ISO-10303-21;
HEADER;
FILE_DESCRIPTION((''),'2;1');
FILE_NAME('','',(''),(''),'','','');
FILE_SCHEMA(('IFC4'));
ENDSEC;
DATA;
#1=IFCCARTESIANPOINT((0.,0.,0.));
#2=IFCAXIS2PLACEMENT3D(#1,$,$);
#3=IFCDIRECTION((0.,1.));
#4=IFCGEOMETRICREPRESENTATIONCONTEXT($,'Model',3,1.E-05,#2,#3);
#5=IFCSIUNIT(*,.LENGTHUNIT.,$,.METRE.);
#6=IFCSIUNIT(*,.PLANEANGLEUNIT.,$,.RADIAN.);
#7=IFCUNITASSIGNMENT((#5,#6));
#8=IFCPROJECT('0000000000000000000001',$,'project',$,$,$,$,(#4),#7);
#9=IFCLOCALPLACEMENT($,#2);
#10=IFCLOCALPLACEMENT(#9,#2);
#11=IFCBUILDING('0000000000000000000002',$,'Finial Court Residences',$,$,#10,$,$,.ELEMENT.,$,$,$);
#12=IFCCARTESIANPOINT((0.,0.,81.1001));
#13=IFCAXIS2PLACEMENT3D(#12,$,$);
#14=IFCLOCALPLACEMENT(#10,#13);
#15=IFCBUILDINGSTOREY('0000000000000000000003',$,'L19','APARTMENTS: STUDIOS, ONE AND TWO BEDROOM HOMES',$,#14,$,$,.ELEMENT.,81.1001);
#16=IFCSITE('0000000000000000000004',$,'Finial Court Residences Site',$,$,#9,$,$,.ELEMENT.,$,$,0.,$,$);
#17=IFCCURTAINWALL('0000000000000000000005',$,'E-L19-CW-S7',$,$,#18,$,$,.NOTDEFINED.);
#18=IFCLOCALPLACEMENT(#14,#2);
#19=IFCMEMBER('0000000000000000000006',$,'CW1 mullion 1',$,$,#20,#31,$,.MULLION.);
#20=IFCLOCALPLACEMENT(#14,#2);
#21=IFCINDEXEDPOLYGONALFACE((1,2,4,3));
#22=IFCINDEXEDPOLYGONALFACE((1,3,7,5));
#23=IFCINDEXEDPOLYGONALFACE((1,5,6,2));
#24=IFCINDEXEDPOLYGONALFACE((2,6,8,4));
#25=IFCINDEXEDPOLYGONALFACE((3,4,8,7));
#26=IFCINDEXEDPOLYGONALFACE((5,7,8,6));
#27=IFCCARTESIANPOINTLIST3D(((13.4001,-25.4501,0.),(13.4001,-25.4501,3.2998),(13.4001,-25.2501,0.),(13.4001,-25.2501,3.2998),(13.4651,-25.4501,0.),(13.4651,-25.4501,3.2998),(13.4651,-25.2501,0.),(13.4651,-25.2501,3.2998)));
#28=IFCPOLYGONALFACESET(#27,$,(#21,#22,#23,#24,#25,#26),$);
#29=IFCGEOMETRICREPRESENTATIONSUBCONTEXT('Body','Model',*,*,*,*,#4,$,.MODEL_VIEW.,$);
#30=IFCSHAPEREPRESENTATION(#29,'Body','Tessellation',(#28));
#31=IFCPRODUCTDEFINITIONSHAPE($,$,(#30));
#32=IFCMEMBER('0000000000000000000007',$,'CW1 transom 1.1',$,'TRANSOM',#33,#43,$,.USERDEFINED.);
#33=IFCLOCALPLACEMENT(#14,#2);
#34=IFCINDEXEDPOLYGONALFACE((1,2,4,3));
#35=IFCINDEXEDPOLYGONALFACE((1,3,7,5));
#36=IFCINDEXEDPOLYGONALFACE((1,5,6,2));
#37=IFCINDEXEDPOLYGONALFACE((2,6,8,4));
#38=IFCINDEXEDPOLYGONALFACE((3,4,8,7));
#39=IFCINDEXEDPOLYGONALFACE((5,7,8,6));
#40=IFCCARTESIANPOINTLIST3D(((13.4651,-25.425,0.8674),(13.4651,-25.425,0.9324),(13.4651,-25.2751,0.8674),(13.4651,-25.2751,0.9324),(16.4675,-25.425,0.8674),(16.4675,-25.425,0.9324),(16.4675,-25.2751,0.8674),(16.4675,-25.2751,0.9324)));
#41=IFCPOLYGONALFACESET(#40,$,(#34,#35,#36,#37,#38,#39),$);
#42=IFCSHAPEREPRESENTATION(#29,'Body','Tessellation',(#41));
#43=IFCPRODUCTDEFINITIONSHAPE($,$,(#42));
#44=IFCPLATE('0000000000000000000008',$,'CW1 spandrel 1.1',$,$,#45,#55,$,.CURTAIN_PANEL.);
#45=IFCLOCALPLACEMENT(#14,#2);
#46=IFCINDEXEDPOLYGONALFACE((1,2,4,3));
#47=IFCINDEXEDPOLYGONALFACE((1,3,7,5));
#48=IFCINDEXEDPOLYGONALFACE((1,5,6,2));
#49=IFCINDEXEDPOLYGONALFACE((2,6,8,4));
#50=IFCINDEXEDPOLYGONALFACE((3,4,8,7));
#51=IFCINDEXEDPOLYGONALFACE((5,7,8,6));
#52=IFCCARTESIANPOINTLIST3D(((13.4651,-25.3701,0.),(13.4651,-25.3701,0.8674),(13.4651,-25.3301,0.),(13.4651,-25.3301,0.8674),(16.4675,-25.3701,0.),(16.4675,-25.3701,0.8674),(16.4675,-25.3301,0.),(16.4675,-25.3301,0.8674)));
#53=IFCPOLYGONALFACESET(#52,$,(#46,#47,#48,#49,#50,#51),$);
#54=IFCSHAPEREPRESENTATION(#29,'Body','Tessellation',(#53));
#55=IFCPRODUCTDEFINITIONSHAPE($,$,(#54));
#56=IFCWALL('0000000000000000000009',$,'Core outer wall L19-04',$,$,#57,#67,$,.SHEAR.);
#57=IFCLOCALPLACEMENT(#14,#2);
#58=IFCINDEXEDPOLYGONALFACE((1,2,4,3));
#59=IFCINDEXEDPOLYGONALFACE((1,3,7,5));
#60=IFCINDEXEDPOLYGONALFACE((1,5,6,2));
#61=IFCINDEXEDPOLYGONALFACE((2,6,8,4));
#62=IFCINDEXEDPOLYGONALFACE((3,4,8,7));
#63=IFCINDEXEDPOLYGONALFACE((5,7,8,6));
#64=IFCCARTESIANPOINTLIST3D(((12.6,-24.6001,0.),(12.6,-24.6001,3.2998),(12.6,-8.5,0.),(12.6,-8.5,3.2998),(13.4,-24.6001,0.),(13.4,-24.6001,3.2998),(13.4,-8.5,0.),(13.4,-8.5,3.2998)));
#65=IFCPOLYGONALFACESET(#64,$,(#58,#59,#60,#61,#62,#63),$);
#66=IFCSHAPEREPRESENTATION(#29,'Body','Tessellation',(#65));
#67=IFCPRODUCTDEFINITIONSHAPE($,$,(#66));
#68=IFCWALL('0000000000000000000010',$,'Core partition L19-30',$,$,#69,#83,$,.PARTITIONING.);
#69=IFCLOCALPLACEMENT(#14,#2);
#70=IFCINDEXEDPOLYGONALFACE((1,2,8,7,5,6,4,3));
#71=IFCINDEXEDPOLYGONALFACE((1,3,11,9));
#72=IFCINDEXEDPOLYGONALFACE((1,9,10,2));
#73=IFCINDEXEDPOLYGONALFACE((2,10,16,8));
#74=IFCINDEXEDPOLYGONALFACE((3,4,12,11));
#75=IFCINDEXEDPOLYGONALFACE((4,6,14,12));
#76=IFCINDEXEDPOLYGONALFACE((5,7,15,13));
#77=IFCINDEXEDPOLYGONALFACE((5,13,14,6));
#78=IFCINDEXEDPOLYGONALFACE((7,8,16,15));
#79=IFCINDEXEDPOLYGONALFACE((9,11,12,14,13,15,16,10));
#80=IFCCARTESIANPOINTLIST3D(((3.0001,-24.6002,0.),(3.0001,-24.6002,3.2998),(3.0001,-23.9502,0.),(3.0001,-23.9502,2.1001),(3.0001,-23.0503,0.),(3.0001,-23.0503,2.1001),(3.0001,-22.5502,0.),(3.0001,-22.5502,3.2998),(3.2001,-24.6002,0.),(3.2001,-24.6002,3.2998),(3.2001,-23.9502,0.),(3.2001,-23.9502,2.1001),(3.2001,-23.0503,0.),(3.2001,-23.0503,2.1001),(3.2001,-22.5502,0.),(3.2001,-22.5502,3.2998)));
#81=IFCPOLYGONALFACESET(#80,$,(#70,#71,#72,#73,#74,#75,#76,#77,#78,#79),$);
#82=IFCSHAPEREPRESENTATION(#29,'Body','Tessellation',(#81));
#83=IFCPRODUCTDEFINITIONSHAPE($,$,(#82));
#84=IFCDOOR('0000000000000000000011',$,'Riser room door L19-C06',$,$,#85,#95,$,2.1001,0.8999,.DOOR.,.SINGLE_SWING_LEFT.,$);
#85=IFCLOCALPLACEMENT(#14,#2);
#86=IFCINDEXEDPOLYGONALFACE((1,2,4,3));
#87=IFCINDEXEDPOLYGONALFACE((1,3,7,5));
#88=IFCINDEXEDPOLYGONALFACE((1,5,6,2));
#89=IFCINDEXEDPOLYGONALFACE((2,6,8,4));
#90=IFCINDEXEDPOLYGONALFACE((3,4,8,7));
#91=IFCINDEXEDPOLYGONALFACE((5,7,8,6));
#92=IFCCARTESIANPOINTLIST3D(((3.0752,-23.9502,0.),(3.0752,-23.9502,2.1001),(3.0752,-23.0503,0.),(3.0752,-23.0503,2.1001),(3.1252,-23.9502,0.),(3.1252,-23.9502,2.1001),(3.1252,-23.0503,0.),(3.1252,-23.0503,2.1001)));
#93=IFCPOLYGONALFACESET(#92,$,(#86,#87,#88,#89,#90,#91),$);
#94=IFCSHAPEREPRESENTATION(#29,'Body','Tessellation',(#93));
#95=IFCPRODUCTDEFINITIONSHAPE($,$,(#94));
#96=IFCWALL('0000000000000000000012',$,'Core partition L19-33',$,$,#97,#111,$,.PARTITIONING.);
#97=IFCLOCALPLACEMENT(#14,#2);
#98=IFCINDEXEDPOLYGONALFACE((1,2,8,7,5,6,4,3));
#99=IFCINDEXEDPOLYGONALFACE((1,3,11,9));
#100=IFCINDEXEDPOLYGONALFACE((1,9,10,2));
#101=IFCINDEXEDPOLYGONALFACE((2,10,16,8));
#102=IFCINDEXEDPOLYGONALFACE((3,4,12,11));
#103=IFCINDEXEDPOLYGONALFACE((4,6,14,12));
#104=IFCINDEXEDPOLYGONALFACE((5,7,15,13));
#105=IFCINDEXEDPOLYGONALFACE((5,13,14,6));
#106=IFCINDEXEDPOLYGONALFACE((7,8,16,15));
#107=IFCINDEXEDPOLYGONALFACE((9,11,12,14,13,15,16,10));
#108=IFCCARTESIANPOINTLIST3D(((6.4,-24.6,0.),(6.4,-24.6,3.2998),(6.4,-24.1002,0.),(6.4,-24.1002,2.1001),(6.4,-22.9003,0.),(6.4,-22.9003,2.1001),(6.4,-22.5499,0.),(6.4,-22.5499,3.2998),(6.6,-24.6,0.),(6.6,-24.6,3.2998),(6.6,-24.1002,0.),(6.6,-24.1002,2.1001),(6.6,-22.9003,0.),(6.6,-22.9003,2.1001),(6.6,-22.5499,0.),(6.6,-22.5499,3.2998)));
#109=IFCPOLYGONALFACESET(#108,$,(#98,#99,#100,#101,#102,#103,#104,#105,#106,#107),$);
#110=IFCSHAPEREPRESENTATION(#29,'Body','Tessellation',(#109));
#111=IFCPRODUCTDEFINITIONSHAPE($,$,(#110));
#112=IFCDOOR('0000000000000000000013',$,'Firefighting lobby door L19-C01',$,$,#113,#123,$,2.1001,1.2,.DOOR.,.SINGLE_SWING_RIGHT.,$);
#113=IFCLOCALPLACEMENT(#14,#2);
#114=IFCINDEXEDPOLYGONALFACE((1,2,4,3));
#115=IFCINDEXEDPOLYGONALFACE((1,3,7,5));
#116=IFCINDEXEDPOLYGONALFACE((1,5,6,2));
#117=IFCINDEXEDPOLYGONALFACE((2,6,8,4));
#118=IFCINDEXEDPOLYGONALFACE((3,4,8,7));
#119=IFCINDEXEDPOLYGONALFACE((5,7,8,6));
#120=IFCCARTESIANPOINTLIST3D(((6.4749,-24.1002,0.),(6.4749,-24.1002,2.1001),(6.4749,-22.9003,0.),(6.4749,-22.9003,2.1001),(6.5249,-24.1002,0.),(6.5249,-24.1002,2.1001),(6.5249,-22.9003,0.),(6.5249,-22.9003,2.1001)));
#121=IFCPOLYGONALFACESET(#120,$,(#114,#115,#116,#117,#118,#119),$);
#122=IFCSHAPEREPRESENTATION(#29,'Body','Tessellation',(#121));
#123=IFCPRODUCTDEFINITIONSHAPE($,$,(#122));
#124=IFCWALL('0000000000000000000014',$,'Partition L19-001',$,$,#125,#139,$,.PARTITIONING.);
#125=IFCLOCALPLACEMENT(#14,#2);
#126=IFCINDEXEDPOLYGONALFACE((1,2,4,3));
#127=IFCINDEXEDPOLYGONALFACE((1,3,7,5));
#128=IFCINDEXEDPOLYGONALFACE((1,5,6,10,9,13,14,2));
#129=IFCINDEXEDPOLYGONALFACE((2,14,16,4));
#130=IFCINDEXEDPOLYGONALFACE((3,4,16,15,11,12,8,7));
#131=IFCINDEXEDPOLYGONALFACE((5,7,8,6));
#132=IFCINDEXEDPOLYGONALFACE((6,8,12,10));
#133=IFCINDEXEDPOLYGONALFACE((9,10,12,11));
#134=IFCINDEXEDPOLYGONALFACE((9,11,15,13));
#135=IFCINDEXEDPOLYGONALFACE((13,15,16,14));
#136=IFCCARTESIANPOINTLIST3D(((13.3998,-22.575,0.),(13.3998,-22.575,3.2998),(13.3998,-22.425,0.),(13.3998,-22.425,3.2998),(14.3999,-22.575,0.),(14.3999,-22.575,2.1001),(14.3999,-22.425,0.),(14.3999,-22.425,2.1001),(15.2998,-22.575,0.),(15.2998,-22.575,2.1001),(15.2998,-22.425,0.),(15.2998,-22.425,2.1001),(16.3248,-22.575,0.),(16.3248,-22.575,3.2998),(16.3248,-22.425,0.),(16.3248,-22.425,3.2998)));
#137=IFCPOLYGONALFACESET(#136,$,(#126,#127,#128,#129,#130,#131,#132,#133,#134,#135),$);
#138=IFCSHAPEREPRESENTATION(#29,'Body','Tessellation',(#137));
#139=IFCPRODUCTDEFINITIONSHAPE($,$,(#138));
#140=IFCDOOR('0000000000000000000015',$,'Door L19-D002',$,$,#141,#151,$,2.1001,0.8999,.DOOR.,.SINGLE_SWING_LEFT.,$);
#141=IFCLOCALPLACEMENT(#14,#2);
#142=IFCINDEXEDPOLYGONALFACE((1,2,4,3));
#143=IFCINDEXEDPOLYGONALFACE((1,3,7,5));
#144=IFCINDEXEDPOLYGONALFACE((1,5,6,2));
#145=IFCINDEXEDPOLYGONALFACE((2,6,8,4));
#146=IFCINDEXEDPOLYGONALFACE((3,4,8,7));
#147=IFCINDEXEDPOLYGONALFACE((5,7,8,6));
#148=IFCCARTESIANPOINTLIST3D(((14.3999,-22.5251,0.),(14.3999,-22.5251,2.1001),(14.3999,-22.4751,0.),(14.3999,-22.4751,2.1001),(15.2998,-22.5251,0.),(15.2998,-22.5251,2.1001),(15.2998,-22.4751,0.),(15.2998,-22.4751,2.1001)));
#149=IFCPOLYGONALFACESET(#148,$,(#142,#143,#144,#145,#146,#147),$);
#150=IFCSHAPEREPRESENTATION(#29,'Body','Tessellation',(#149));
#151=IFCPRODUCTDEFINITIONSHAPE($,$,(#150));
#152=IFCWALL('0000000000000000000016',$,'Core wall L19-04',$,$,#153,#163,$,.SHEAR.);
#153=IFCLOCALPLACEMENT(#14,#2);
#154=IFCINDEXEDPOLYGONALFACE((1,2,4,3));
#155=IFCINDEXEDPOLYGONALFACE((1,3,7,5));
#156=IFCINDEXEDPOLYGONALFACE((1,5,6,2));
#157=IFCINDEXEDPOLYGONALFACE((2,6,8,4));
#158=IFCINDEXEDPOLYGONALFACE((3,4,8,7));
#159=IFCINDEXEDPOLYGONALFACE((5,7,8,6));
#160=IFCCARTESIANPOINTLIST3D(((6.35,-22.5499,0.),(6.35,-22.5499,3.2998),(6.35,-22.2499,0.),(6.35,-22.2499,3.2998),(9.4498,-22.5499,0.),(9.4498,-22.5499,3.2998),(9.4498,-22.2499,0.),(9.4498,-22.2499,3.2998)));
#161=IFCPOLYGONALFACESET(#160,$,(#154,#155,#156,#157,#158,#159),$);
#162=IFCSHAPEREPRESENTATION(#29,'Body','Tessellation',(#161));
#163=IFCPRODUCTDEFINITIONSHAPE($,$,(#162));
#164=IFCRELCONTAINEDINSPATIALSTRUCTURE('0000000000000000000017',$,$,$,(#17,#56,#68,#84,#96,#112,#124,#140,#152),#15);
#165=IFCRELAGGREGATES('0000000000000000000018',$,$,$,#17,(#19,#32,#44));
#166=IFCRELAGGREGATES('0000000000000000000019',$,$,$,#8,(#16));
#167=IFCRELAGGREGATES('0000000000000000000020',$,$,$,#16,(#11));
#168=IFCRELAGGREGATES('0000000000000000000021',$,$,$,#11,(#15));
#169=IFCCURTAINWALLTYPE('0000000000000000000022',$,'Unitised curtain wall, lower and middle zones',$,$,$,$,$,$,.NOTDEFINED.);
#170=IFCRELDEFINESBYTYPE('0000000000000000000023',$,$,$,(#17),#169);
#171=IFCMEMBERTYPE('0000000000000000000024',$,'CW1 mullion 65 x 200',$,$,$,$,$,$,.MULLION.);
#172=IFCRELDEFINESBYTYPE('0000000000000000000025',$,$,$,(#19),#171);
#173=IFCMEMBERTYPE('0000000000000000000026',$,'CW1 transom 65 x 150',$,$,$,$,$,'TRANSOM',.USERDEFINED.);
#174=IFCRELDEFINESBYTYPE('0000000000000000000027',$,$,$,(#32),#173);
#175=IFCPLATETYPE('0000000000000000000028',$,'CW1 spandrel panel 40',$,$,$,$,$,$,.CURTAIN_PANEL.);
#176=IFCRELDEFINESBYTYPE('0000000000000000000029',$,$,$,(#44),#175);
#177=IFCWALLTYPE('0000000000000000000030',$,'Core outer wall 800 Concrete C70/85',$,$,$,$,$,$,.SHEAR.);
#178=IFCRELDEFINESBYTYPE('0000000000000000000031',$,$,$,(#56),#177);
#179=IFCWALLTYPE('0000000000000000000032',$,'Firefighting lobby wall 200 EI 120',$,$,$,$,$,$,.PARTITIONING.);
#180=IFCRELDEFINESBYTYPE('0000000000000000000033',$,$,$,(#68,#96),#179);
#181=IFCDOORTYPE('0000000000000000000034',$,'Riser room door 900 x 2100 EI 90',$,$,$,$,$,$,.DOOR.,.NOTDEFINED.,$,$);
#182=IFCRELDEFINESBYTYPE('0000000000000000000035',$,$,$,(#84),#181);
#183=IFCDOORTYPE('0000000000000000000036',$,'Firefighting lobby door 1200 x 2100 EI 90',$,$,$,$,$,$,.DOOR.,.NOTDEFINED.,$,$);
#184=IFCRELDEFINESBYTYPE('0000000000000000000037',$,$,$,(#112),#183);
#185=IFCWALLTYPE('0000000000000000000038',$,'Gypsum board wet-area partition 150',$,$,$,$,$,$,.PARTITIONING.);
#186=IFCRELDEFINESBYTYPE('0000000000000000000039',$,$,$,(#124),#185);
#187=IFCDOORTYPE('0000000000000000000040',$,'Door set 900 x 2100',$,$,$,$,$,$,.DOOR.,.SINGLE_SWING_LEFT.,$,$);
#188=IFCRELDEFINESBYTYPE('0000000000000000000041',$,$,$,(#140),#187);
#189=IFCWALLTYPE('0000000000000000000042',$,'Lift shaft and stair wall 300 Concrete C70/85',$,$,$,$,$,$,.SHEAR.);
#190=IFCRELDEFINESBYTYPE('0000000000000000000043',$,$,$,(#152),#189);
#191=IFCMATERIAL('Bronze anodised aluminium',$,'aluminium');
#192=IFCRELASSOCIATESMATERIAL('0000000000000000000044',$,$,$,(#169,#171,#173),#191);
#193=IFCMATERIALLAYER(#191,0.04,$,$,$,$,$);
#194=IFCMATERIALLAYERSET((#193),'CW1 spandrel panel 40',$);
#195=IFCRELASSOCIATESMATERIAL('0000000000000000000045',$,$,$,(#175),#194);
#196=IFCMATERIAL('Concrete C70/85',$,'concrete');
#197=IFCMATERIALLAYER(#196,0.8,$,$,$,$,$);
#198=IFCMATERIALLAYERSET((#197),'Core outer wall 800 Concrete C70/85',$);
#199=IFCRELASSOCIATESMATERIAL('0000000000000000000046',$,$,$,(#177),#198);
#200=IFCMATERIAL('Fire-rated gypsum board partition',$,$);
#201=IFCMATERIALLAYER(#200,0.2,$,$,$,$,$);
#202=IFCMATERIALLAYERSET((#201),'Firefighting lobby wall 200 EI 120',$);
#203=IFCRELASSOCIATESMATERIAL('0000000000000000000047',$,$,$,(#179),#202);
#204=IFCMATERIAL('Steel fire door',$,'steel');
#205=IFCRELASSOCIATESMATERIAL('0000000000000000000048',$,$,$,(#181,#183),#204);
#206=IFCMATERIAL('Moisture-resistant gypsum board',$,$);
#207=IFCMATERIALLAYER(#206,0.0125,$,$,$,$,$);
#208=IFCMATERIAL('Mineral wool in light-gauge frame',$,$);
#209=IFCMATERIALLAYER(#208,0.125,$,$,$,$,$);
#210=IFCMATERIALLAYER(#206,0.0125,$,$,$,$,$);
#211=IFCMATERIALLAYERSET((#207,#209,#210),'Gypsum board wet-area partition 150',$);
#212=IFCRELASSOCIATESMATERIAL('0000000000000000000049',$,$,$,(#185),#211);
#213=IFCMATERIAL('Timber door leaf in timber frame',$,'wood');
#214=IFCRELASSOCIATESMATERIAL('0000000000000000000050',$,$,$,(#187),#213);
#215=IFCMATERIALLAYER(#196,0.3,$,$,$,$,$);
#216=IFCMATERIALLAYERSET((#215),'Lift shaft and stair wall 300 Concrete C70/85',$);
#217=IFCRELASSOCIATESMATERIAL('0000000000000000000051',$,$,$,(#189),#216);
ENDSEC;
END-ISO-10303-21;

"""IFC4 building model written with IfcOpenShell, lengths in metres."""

from ifc_helpers import new_model, si_unit, direction, frame, frame_2d, origin, origin_2d, place, context, subcontext, project, spatial, rectangle, extrude, material, layer, layer_set, material_profile, profile_set, type_object, element, fill, aggregate, save


model = new_model("IFC4")

# Units and contexts
model_context = context("Model", 3, precision=1e-05, world=origin(), true_north=direction((0.0, 1.0)))
body_context = subcontext(model_context, "Body", "Model", "MODEL_VIEW")
ifc_project = project(units=[si_unit("LENGTHUNIT", "METRE"), si_unit("PLANEANGLEUNIT", "RADIAN")], contexts=[model_context])

# Site, building, storey
site_placement = place(None, origin())
site = spatial("IfcSite", under=ifc_project, at=site_placement, Name="Finial Court Residences Site", CompositionType="ELEMENT", RefElevation=0.0)
building_placement = place(site_placement, origin())
building = spatial("IfcBuilding", under=site, at=building_placement, Name="Finial Court Residences", CompositionType="ELEMENT")
storey_placement = place(building_placement, frame((0.0, 0.0, 81.1001)))
storey = spatial("IfcBuildingStorey", under=building, at=storey_placement, Name="L19", Description="APARTMENTS: STUDIOS, ONE AND TWO BEDROOM HOMES", CompositionType="ELEMENT", Elevation=81.1001)

# Curtain wall, members, plate
ifc_material_1 = material(Name="Bronze anodised aluminium", Category="aluminium")
curtain_wall_type = type_object("IfcCurtainWallType", Name="Unitised curtain wall, lower and middle zones", PredefinedType="NOTDEFINED", material=ifc_material_1)
curtain_wall_placement = place(storey_placement, origin())
curtain_wall = element("IfcCurtainWall", 1, at=curtain_wall_placement, inside=storey, type_object=curtain_wall_type, Name="E-L19-CW-S7", PredefinedType="NOTDEFINED")
ifc_material_profile_1 = material_profile(ifc_material_1, rectangle(XDim=0.2, YDim=0.0649, at=origin_2d()), Name="CW1 mullion 65 x 200")
ifc_profile_set_1 = profile_set([ifc_material_profile_1], Name="Bronze anodised aluminium")
member_type_1 = type_object("IfcMemberType", Name="CW1 mullion 65 x 200", PredefinedType="MULLION", material=ifc_profile_set_1)
member_1_placement = place(storey_placement, frame((13.4326, -25.3501, 0.0), z_axis=(0.0, 0.0, 1.0), x_axis=(0.0, 1.0, 0.0)))
member_1 = element("IfcMember", 2, at=member_1_placement, type_object=member_type_1, Name="CW1 mullion 1", PredefinedType="MULLION", context=body_context, shape_type="SweptSolid", body=[
    extrude(rectangle(XDim=0.2, YDim=0.0649, at=origin_2d()), origin(), (0.0, 0.0, 1.0), 3.2998),
])
ifc_material_profile_2 = material_profile(ifc_material_1, rectangle(XDim=0.1499, YDim=0.0649, at=origin_2d()), Name="CW1 transom 65 x 150")
ifc_profile_set_2 = profile_set([ifc_material_profile_2], Name="Bronze anodised aluminium")
member_type_2 = type_object("IfcMemberType", Name="CW1 transom 65 x 150", ElementType="TRANSOM", PredefinedType="USERDEFINED", material=ifc_profile_set_2)
member_2_placement = place(storey_placement, frame((13.4651, -25.3501, 0.8999), z_axis=(1.0, 0.0, 0.0), x_axis=(0.0, 1.0, 0.0)))
member_2 = element("IfcMember", 3, at=member_2_placement, type_object=member_type_2, Name="CW1 transom 1.1", ObjectType="TRANSOM", PredefinedType="USERDEFINED", context=body_context, shape_type="SweptSolid", body=[
    extrude(rectangle(XDim=0.1499, YDim=0.0649, at=origin_2d()), origin(), (0.0, 0.0, 1.0), 3.0024),
])
ifc_layer_1 = layer(ifc_material_1, 0.04)
ifc_layer_set_1 = layer_set([ifc_layer_1], Name="CW1 spandrel panel 40")
plate_type = type_object("IfcPlateType", Name="CW1 spandrel panel 40", PredefinedType="CURTAIN_PANEL", material=ifc_layer_set_1)
plate_placement = place(storey_placement, frame((14.9663, -25.3501, 0.0), z_axis=(0.0, 0.0, 1.0), x_axis=(1.0, 0.0, 0.0)))
plate = element("IfcPlate", 4, at=plate_placement, type_object=plate_type, Name="CW1 spandrel 1.1", PredefinedType="CURTAIN_PANEL", context=body_context, shape_type="SweptSolid", body=[
    extrude(rectangle(XDim=3.0024, YDim=0.04, at=origin_2d()), origin(), (0.0, 0.0, 1.0), 0.8674),
])
aggregate(curtain_wall, [member_1, member_2, plate])

# Wall
ifc_material_2 = material(Name="Concrete C70/85", Category="concrete")
ifc_layer_2 = layer(ifc_material_2, 0.8)
ifc_layer_set_2 = layer_set([ifc_layer_2], Name="Core outer wall 800 Concrete C70/85")
wall_type_1 = type_object("IfcWallType", Name="Core outer wall 800 Concrete C70/85", PredefinedType="SHEAR", material=ifc_layer_set_2)
wall_1_placement = place(storey_placement, frame((13.0, -24.6001, 0.0), z_axis=(0.0, 0.0, 1.0), x_axis=(0.0, 1.0, 0.0)))
element("IfcWall", 5, at=wall_1_placement, inside=storey, type_object=wall_type_1, Name="Core outer wall L19-04", PredefinedType="SHEAR", context=body_context, shape_type="SweptSolid", body=[
    extrude(rectangle(XDim=16.1001, YDim=0.8, at=frame_2d((8.05, 0.0))), origin(), (0.0, 0.0, 1.0), 3.2998),
])

# Walls, openings, doors
ifc_material_3 = material(Name="Fire-rated gypsum board partition")
ifc_layer_3 = layer(ifc_material_3, 0.2)
ifc_layer_set_3 = layer_set([ifc_layer_3], Name="Firefighting lobby wall 200 EI 120")
wall_type_2 = type_object("IfcWallType", Name="Firefighting lobby wall 200 EI 120", PredefinedType="PARTITIONING", material=ifc_layer_set_3)
wall_2_placement = place(storey_placement, frame((3.1001, -24.6001, 0.0), z_axis=(0.0, 0.0, 1.0), x_axis=(0.0, 1.0, 0.0)))
wall_2 = element("IfcWall", 6, at=wall_2_placement, inside=storey, type_object=wall_type_2, Name="Core partition L19-30", PredefinedType="PARTITIONING", context=body_context, shape_type="SweptSolid", body=[
    extrude(rectangle(XDim=2.05, YDim=0.2, at=frame_2d((1.0249, 0.0))), origin(), (0.0, 0.0, 1.0), 3.2998),
])
opening_1_placement = place(wall_2_placement, frame((0.6499, 0.0, 0.0)))
opening_1 = element("IfcOpeningElement", 7, at=opening_1_placement, cuts=wall_2, PredefinedType="OPENING", context=body_context, shape_type="SweptSolid", body=[
    extrude(rectangle(XDim=0.8999, YDim=2.1001, at=frame_2d((0.45, 1.05))), frame((0.0, 0.1099, 0.0), z_axis=(0.0, -1.0, 0.0), x_axis=(1.0, 0.0, 0.0)), (0.0, 0.0, 1.0), 0.22),
])
ifc_material_4 = material(Name="Steel fire door", Category="steel")
door_type_1 = type_object("IfcDoorType", Name="Riser room door 900 x 2100 EI 90", OperationType="NOTDEFINED", PredefinedType="DOOR", material=ifc_material_4)
door_1_placement = place(opening_1_placement, origin())
door_1 = element("IfcDoor", 8, at=door_1_placement, inside=storey, type_object=door_type_1, Name="Riser room door L19-C06", OperationType="SINGLE_SWING_LEFT", OverallHeight=2.1001, OverallWidth=0.8999, PredefinedType="DOOR", context=body_context, shape_type="SweptSolid", body=[
    extrude(rectangle(XDim=0.8999, YDim=2.1001, at=frame_2d((0.45, 1.05))), frame((0.0, 0.0249, 0.0), z_axis=(0.0, -1.0, 0.0), x_axis=(1.0, 0.0, 0.0)), (0.0, 0.0, 1.0), 0.05),
])
fill(opening_1, door_1)
wall_3_placement = place(storey_placement, frame((6.5, -22.55, 0.0), z_axis=(0.0, 0.0, 1.0), x_axis=(0.0, -1.0, 0.0)))
wall_3 = element("IfcWall", 9, at=wall_3_placement, inside=storey, type_object=wall_type_2, Name="Core partition L19-33", PredefinedType="PARTITIONING", context=body_context, shape_type="SweptSolid", body=[
    extrude(rectangle(XDim=2.05, YDim=0.2, at=frame_2d((1.0249, 0.0))), origin(), (0.0, 0.0, 1.0), 3.2998),
])
opening_2_placement = place(wall_3_placement, frame((0.3501, 0.0, 0.0)))
opening_2 = element("IfcOpeningElement", 10, at=opening_2_placement, cuts=wall_3, PredefinedType="OPENING", context=body_context, shape_type="SweptSolid", body=[
    extrude(rectangle(XDim=1.2, YDim=2.1001, at=frame_2d((0.6001, 1.05))), frame((0.0, 0.1099, 0.0), z_axis=(0.0, -1.0, 0.0), x_axis=(1.0, 0.0, 0.0)), (0.0, 0.0, 1.0), 0.22),
])
door_type_2 = type_object("IfcDoorType", Name="Firefighting lobby door 1200 x 2100 EI 90", OperationType="NOTDEFINED", PredefinedType="DOOR", material=ifc_material_4)
door_2_placement = place(opening_2_placement, origin())
door_2 = element("IfcDoor", 11, at=door_2_placement, inside=storey, type_object=door_type_2, Name="Firefighting lobby door L19-C01", OperationType="SINGLE_SWING_RIGHT", OverallHeight=2.1001, OverallWidth=1.2, PredefinedType="DOOR", context=body_context, shape_type="SweptSolid", body=[
    extrude(rectangle(XDim=1.2, YDim=2.1001, at=frame_2d((0.6001, 1.05))), frame((0.0, 0.0249, 0.0), z_axis=(0.0, -1.0, 0.0), x_axis=(1.0, 0.0, 0.0)), (0.0, 0.0, 1.0), 0.05),
])
fill(opening_2, door_2)
ifc_material_5 = material(Name="Moisture-resistant gypsum board")
ifc_layer_4 = layer(ifc_material_5, 0.0125)
ifc_material_6 = material(Name="Mineral wool in light-gauge frame")
ifc_layer_5 = layer(ifc_material_6, 0.125)
ifc_layer_6 = layer(ifc_material_5, 0.0125)
ifc_layer_set_4 = layer_set([ifc_layer_4, ifc_layer_5, ifc_layer_6], Name="Gypsum board wet-area partition 150")
wall_type_3 = type_object("IfcWallType", Name="Gypsum board wet-area partition 150", PredefinedType="PARTITIONING", material=ifc_layer_set_4)
wall_4_placement = place(storey_placement, frame((13.3999, -22.5, 0.0), z_axis=(0.0, 0.0, 1.0), x_axis=(1.0, 0.0, 0.0)))
wall_4 = element("IfcWall", 12, at=wall_4_placement, inside=storey, type_object=wall_type_3, Name="Partition L19-001", PredefinedType="PARTITIONING", context=body_context, shape_type="SweptSolid", body=[
    extrude(rectangle(XDim=2.925, YDim=0.1499, at=frame_2d((1.4624, 0.0))), origin(), (0.0, 0.0, 1.0), 3.2998),
])
opening_3_placement = place(wall_4_placement, frame((1.0, 0.0, 0.0)))
opening_3 = element("IfcOpeningElement", 13, at=opening_3_placement, cuts=wall_4, PredefinedType="OPENING", context=body_context, shape_type="SweptSolid", body=[
    extrude(rectangle(XDim=0.8999, YDim=2.1001, at=frame_2d((0.45, 1.05))), frame((0.0, 0.085, 0.0), z_axis=(0.0, -1.0, 0.0), x_axis=(1.0, 0.0, 0.0)), (0.0, 0.0, 1.0), 0.1699),
])
ifc_material_7 = material(Name="Timber door leaf in timber frame", Category="wood")
door_type_3 = type_object("IfcDoorType", Name="Door set 900 x 2100", OperationType="SINGLE_SWING_LEFT", PredefinedType="DOOR", material=ifc_material_7)
door_3_placement = place(opening_3_placement, origin())
door_3 = element("IfcDoor", 14, at=door_3_placement, inside=storey, type_object=door_type_3, Name="Door L19-D002", OperationType="SINGLE_SWING_LEFT", OverallHeight=2.1001, OverallWidth=0.8999, PredefinedType="DOOR", context=body_context, shape_type="SweptSolid", body=[
    extrude(rectangle(XDim=0.8999, YDim=2.1001, at=frame_2d((0.45, 1.05))), frame((0.0, 0.0249, 0.0), z_axis=(0.0, -1.0, 0.0), x_axis=(1.0, 0.0, 0.0)), (0.0, 0.0, 1.0), 0.05),
])
fill(opening_3, door_3)

# Wall
ifc_layer_7 = layer(ifc_material_2, 0.3)
ifc_layer_set_5 = layer_set([ifc_layer_7], Name="Lift shaft and stair wall 300 Concrete C70/85")
wall_type_4 = type_object("IfcWallType", Name="Lift shaft and stair wall 300 Concrete C70/85", PredefinedType="SHEAR", material=ifc_layer_set_5)
wall_5_placement = place(storey_placement, frame((6.3501, -22.3999, 0.0), z_axis=(0.0, 0.0, 1.0), x_axis=(1.0, 0.0, 0.0)))
element("IfcWall", 15, at=wall_5_placement, inside=storey, type_object=wall_type_4, Name="Core wall L19-04", PredefinedType="SHEAR", context=body_context, shape_type="SweptSolid", body=[
    extrude(rectangle(XDim=3.0999, YDim=0.3, at=frame_2d((1.5498, 0.0))), origin(), (0.0, 0.0, 1.0), 3.2998),
])

save(model, "model.ifc")
